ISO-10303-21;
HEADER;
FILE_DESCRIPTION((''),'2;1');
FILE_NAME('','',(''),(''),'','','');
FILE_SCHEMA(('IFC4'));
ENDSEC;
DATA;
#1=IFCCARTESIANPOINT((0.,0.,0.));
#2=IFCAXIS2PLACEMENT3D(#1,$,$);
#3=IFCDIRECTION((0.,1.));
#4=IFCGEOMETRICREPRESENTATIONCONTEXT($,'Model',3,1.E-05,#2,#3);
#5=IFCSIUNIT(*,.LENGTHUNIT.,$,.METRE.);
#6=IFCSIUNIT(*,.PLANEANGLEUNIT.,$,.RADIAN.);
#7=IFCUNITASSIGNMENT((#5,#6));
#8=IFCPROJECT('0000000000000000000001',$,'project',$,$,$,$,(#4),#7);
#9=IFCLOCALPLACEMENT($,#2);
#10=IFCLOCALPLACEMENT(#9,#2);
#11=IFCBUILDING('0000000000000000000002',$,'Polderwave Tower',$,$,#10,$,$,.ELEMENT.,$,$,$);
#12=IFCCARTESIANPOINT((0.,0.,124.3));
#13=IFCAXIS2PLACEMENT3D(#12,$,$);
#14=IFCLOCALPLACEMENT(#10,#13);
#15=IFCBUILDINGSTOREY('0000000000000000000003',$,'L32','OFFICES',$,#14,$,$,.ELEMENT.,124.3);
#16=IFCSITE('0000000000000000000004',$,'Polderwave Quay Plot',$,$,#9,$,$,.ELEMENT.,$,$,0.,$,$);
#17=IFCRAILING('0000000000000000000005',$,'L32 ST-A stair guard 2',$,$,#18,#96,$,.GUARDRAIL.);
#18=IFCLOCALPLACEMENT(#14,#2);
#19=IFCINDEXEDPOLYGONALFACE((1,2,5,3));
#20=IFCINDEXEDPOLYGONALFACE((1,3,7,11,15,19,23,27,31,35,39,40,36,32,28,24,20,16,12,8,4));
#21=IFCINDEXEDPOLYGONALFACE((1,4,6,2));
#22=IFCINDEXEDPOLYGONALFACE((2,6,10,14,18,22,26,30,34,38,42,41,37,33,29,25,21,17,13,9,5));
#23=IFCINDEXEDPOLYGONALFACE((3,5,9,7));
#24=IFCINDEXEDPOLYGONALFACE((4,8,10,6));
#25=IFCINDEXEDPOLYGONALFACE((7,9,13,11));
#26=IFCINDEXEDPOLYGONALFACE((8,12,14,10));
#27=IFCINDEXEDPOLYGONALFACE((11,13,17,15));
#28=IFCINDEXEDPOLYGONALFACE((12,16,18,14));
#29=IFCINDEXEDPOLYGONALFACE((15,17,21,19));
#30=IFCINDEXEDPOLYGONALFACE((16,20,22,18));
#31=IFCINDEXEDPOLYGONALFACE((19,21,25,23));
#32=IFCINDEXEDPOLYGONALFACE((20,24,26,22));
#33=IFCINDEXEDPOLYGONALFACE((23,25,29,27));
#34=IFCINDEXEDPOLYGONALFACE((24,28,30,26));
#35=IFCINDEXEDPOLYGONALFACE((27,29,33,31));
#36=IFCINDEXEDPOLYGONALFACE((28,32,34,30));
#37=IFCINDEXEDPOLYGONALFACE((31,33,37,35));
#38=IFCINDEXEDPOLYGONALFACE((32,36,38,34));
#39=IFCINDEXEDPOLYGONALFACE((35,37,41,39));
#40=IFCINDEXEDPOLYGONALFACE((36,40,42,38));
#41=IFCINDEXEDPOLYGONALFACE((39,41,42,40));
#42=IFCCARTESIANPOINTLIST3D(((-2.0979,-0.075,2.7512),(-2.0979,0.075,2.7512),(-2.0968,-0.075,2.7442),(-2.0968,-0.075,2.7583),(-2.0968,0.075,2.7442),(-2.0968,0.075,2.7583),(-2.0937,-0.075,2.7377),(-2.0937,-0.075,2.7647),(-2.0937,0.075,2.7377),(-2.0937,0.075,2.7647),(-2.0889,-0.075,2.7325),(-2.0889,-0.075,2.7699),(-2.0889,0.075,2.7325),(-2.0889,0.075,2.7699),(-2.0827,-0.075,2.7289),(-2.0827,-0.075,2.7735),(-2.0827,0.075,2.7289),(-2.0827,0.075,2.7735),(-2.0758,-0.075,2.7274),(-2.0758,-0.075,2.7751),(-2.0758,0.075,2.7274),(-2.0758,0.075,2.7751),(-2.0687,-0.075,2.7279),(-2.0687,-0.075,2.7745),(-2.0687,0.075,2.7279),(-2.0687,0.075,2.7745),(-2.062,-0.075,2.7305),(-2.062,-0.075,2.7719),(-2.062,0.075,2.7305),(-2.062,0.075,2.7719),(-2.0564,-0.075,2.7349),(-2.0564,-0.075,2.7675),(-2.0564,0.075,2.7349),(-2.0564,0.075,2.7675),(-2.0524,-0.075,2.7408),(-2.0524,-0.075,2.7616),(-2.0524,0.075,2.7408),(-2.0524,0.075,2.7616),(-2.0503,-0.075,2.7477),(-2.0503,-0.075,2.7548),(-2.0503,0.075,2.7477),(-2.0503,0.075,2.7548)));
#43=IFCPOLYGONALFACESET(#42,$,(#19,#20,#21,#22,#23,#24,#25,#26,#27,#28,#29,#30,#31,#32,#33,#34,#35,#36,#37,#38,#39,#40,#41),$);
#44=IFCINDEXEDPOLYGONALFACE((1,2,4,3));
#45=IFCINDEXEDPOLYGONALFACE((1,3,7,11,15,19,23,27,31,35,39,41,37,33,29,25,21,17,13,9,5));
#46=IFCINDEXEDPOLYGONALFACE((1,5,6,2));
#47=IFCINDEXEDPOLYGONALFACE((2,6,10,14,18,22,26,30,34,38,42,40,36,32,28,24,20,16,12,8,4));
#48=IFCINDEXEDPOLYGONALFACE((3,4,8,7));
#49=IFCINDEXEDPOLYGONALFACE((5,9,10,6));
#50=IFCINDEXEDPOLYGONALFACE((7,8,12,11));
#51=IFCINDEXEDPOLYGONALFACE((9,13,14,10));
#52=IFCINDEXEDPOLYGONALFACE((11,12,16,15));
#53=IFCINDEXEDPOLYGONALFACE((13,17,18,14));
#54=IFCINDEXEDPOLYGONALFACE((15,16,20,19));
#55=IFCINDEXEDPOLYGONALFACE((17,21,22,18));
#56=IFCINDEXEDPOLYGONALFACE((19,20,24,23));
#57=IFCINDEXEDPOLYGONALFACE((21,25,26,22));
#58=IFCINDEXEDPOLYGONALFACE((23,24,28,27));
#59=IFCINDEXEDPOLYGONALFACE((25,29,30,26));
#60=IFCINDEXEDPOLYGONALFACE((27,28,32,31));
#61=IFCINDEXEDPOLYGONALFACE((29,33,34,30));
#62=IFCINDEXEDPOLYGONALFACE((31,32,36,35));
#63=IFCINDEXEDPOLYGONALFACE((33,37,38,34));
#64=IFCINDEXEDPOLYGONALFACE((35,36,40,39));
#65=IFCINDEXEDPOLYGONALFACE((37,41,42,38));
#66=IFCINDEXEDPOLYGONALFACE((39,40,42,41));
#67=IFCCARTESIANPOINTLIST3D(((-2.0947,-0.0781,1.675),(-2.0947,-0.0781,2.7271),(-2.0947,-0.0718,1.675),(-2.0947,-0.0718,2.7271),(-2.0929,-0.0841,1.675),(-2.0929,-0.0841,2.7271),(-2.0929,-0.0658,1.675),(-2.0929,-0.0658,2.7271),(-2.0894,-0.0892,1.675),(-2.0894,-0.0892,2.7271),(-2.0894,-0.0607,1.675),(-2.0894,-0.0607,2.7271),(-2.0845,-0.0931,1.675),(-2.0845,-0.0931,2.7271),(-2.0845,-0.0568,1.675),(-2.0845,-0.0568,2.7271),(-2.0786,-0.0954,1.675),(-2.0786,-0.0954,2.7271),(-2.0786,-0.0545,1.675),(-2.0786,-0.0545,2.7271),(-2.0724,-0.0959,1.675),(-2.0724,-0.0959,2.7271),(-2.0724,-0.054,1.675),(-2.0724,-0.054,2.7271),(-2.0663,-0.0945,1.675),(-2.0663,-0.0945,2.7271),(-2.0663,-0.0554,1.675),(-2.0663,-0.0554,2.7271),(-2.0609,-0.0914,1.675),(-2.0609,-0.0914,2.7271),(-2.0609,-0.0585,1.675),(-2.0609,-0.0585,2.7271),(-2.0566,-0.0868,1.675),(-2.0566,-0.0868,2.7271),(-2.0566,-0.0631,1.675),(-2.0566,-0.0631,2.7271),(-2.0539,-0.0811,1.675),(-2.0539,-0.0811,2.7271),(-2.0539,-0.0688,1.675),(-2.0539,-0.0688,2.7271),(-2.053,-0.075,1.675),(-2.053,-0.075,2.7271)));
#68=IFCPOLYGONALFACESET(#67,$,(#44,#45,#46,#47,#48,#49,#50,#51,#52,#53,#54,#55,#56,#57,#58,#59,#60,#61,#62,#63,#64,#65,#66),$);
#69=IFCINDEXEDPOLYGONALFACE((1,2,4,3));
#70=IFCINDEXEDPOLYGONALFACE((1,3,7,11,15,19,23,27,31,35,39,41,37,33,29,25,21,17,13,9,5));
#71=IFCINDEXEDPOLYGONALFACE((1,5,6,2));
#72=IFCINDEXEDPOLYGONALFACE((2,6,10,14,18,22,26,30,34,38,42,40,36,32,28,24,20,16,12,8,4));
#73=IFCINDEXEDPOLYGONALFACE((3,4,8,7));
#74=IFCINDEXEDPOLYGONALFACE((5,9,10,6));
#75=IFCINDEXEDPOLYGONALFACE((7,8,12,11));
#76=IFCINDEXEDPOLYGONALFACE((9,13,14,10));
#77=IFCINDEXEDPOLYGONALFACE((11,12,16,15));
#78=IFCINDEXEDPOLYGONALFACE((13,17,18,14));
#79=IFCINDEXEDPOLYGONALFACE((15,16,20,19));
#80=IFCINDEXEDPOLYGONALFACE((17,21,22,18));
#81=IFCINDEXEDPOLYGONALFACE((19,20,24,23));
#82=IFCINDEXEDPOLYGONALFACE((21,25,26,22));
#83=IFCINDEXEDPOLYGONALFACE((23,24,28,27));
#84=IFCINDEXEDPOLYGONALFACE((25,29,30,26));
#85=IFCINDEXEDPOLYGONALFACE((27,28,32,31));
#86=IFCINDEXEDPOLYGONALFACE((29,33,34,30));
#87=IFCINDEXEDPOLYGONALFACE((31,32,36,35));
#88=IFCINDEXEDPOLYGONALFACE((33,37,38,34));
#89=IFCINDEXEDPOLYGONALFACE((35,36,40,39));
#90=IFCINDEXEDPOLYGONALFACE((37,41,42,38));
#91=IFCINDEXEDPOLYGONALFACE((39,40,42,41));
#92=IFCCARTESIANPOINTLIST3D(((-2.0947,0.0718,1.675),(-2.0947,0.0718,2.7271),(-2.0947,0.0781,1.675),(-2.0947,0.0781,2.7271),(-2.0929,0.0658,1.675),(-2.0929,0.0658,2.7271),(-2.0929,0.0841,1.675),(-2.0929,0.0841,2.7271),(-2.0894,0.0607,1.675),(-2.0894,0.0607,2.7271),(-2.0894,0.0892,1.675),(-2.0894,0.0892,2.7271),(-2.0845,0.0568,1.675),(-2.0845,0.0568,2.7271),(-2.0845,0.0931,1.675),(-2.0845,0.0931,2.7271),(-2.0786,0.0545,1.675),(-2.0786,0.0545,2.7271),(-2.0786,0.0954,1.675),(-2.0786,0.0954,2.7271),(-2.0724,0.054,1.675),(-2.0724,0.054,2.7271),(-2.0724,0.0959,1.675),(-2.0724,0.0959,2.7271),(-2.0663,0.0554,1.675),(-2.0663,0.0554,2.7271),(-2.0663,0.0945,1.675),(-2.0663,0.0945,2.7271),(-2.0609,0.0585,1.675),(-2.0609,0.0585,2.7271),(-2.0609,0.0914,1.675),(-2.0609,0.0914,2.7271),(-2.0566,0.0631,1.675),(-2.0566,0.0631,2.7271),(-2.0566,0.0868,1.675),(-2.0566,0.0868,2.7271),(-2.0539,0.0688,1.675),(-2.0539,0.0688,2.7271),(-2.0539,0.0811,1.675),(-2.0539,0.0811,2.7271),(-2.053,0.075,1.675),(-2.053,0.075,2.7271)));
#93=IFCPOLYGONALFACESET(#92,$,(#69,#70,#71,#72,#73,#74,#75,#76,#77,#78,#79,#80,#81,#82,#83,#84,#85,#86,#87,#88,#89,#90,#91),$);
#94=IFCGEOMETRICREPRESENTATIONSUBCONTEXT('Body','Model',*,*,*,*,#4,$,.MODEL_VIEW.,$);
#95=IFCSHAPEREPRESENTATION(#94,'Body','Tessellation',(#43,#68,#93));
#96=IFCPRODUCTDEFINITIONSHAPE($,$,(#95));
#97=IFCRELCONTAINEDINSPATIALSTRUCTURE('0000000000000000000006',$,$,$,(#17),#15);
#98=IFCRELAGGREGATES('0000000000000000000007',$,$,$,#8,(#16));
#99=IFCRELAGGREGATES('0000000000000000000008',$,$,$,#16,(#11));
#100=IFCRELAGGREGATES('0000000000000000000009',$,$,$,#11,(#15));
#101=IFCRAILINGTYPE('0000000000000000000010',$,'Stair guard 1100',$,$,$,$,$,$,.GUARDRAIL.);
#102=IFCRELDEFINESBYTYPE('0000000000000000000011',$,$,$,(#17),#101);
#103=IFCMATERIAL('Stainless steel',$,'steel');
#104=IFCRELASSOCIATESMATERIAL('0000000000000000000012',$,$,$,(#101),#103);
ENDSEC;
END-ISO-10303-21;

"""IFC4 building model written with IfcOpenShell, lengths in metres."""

from ifc_helpers import new_model, si_unit, direction, frame, origin, origin_2d, place, context, subcontext, project, spatial, circle, extrude, material, type_object, element, save


model = new_model("IFC4")

# Units and contexts
model_context = context("Model", 3, precision=1e-05, world=origin(), true_north=direction((0.0, 1.0)))
body_context = subcontext(model_context, "Body", "Model", "MODEL_VIEW")
ifc_project = project(units=[si_unit("LENGTHUNIT", "METRE"), si_unit("PLANEANGLEUNIT", "RADIAN")], contexts=[model_context])

# Site, building, storey
site_placement = place(None, origin())
site = spatial("IfcSite", under=ifc_project, at=site_placement, Name="Polderwave Quay Plot", CompositionType="ELEMENT", RefElevation=0.0)
building_placement = place(site_placement, origin())
building = spatial("IfcBuilding", under=site, at=building_placement, Name="Polderwave Tower", CompositionType="ELEMENT")
storey_placement = place(building_placement, frame((0.0, 0.0, 124.3)))
storey = spatial("IfcBuildingStorey", under=building, at=storey_placement, Name="L32", Description="OFFICES", CompositionType="ELEMENT", Elevation=124.3)

# Railing
ifc_material_1 = material(Name="Stainless steel", Category="steel")
railing_type_1 = type_object("IfcRailingType", Name="Stair guard 1100", PredefinedType="GUARDRAIL", material=ifc_material_1)
railing_1_placement = place(storey_placement, frame((-2.074, -0.075, 1.675)))
element("IfcRailing", 1, at=railing_1_placement, inside=storey, type_object=railing_type_1, Name="L32 ST-A stair guard 2", PredefinedType="GUARDRAIL", context=body_context, shape_type="SweptSolid", body=[
    extrude(circle(Radius=0.0239, at=origin_2d()), frame((0.0, 0.0, 1.0762), z_axis=(0.0, 1.0, 0.0), x_axis=(-1.0, 0.0, 0.0)), (0.0, 0.0, 1.0), 0.1499),
    extrude(circle(Radius=0.021, at=origin_2d()), origin(), (0.0, 0.0, 1.0), 1.052),
    extrude(circle(Radius=0.021, at=origin_2d()), frame((0.0, 0.1499, 0.0)), (0.0, 0.0, 1.0), 1.052),
])

save(model, "model.ifc")
